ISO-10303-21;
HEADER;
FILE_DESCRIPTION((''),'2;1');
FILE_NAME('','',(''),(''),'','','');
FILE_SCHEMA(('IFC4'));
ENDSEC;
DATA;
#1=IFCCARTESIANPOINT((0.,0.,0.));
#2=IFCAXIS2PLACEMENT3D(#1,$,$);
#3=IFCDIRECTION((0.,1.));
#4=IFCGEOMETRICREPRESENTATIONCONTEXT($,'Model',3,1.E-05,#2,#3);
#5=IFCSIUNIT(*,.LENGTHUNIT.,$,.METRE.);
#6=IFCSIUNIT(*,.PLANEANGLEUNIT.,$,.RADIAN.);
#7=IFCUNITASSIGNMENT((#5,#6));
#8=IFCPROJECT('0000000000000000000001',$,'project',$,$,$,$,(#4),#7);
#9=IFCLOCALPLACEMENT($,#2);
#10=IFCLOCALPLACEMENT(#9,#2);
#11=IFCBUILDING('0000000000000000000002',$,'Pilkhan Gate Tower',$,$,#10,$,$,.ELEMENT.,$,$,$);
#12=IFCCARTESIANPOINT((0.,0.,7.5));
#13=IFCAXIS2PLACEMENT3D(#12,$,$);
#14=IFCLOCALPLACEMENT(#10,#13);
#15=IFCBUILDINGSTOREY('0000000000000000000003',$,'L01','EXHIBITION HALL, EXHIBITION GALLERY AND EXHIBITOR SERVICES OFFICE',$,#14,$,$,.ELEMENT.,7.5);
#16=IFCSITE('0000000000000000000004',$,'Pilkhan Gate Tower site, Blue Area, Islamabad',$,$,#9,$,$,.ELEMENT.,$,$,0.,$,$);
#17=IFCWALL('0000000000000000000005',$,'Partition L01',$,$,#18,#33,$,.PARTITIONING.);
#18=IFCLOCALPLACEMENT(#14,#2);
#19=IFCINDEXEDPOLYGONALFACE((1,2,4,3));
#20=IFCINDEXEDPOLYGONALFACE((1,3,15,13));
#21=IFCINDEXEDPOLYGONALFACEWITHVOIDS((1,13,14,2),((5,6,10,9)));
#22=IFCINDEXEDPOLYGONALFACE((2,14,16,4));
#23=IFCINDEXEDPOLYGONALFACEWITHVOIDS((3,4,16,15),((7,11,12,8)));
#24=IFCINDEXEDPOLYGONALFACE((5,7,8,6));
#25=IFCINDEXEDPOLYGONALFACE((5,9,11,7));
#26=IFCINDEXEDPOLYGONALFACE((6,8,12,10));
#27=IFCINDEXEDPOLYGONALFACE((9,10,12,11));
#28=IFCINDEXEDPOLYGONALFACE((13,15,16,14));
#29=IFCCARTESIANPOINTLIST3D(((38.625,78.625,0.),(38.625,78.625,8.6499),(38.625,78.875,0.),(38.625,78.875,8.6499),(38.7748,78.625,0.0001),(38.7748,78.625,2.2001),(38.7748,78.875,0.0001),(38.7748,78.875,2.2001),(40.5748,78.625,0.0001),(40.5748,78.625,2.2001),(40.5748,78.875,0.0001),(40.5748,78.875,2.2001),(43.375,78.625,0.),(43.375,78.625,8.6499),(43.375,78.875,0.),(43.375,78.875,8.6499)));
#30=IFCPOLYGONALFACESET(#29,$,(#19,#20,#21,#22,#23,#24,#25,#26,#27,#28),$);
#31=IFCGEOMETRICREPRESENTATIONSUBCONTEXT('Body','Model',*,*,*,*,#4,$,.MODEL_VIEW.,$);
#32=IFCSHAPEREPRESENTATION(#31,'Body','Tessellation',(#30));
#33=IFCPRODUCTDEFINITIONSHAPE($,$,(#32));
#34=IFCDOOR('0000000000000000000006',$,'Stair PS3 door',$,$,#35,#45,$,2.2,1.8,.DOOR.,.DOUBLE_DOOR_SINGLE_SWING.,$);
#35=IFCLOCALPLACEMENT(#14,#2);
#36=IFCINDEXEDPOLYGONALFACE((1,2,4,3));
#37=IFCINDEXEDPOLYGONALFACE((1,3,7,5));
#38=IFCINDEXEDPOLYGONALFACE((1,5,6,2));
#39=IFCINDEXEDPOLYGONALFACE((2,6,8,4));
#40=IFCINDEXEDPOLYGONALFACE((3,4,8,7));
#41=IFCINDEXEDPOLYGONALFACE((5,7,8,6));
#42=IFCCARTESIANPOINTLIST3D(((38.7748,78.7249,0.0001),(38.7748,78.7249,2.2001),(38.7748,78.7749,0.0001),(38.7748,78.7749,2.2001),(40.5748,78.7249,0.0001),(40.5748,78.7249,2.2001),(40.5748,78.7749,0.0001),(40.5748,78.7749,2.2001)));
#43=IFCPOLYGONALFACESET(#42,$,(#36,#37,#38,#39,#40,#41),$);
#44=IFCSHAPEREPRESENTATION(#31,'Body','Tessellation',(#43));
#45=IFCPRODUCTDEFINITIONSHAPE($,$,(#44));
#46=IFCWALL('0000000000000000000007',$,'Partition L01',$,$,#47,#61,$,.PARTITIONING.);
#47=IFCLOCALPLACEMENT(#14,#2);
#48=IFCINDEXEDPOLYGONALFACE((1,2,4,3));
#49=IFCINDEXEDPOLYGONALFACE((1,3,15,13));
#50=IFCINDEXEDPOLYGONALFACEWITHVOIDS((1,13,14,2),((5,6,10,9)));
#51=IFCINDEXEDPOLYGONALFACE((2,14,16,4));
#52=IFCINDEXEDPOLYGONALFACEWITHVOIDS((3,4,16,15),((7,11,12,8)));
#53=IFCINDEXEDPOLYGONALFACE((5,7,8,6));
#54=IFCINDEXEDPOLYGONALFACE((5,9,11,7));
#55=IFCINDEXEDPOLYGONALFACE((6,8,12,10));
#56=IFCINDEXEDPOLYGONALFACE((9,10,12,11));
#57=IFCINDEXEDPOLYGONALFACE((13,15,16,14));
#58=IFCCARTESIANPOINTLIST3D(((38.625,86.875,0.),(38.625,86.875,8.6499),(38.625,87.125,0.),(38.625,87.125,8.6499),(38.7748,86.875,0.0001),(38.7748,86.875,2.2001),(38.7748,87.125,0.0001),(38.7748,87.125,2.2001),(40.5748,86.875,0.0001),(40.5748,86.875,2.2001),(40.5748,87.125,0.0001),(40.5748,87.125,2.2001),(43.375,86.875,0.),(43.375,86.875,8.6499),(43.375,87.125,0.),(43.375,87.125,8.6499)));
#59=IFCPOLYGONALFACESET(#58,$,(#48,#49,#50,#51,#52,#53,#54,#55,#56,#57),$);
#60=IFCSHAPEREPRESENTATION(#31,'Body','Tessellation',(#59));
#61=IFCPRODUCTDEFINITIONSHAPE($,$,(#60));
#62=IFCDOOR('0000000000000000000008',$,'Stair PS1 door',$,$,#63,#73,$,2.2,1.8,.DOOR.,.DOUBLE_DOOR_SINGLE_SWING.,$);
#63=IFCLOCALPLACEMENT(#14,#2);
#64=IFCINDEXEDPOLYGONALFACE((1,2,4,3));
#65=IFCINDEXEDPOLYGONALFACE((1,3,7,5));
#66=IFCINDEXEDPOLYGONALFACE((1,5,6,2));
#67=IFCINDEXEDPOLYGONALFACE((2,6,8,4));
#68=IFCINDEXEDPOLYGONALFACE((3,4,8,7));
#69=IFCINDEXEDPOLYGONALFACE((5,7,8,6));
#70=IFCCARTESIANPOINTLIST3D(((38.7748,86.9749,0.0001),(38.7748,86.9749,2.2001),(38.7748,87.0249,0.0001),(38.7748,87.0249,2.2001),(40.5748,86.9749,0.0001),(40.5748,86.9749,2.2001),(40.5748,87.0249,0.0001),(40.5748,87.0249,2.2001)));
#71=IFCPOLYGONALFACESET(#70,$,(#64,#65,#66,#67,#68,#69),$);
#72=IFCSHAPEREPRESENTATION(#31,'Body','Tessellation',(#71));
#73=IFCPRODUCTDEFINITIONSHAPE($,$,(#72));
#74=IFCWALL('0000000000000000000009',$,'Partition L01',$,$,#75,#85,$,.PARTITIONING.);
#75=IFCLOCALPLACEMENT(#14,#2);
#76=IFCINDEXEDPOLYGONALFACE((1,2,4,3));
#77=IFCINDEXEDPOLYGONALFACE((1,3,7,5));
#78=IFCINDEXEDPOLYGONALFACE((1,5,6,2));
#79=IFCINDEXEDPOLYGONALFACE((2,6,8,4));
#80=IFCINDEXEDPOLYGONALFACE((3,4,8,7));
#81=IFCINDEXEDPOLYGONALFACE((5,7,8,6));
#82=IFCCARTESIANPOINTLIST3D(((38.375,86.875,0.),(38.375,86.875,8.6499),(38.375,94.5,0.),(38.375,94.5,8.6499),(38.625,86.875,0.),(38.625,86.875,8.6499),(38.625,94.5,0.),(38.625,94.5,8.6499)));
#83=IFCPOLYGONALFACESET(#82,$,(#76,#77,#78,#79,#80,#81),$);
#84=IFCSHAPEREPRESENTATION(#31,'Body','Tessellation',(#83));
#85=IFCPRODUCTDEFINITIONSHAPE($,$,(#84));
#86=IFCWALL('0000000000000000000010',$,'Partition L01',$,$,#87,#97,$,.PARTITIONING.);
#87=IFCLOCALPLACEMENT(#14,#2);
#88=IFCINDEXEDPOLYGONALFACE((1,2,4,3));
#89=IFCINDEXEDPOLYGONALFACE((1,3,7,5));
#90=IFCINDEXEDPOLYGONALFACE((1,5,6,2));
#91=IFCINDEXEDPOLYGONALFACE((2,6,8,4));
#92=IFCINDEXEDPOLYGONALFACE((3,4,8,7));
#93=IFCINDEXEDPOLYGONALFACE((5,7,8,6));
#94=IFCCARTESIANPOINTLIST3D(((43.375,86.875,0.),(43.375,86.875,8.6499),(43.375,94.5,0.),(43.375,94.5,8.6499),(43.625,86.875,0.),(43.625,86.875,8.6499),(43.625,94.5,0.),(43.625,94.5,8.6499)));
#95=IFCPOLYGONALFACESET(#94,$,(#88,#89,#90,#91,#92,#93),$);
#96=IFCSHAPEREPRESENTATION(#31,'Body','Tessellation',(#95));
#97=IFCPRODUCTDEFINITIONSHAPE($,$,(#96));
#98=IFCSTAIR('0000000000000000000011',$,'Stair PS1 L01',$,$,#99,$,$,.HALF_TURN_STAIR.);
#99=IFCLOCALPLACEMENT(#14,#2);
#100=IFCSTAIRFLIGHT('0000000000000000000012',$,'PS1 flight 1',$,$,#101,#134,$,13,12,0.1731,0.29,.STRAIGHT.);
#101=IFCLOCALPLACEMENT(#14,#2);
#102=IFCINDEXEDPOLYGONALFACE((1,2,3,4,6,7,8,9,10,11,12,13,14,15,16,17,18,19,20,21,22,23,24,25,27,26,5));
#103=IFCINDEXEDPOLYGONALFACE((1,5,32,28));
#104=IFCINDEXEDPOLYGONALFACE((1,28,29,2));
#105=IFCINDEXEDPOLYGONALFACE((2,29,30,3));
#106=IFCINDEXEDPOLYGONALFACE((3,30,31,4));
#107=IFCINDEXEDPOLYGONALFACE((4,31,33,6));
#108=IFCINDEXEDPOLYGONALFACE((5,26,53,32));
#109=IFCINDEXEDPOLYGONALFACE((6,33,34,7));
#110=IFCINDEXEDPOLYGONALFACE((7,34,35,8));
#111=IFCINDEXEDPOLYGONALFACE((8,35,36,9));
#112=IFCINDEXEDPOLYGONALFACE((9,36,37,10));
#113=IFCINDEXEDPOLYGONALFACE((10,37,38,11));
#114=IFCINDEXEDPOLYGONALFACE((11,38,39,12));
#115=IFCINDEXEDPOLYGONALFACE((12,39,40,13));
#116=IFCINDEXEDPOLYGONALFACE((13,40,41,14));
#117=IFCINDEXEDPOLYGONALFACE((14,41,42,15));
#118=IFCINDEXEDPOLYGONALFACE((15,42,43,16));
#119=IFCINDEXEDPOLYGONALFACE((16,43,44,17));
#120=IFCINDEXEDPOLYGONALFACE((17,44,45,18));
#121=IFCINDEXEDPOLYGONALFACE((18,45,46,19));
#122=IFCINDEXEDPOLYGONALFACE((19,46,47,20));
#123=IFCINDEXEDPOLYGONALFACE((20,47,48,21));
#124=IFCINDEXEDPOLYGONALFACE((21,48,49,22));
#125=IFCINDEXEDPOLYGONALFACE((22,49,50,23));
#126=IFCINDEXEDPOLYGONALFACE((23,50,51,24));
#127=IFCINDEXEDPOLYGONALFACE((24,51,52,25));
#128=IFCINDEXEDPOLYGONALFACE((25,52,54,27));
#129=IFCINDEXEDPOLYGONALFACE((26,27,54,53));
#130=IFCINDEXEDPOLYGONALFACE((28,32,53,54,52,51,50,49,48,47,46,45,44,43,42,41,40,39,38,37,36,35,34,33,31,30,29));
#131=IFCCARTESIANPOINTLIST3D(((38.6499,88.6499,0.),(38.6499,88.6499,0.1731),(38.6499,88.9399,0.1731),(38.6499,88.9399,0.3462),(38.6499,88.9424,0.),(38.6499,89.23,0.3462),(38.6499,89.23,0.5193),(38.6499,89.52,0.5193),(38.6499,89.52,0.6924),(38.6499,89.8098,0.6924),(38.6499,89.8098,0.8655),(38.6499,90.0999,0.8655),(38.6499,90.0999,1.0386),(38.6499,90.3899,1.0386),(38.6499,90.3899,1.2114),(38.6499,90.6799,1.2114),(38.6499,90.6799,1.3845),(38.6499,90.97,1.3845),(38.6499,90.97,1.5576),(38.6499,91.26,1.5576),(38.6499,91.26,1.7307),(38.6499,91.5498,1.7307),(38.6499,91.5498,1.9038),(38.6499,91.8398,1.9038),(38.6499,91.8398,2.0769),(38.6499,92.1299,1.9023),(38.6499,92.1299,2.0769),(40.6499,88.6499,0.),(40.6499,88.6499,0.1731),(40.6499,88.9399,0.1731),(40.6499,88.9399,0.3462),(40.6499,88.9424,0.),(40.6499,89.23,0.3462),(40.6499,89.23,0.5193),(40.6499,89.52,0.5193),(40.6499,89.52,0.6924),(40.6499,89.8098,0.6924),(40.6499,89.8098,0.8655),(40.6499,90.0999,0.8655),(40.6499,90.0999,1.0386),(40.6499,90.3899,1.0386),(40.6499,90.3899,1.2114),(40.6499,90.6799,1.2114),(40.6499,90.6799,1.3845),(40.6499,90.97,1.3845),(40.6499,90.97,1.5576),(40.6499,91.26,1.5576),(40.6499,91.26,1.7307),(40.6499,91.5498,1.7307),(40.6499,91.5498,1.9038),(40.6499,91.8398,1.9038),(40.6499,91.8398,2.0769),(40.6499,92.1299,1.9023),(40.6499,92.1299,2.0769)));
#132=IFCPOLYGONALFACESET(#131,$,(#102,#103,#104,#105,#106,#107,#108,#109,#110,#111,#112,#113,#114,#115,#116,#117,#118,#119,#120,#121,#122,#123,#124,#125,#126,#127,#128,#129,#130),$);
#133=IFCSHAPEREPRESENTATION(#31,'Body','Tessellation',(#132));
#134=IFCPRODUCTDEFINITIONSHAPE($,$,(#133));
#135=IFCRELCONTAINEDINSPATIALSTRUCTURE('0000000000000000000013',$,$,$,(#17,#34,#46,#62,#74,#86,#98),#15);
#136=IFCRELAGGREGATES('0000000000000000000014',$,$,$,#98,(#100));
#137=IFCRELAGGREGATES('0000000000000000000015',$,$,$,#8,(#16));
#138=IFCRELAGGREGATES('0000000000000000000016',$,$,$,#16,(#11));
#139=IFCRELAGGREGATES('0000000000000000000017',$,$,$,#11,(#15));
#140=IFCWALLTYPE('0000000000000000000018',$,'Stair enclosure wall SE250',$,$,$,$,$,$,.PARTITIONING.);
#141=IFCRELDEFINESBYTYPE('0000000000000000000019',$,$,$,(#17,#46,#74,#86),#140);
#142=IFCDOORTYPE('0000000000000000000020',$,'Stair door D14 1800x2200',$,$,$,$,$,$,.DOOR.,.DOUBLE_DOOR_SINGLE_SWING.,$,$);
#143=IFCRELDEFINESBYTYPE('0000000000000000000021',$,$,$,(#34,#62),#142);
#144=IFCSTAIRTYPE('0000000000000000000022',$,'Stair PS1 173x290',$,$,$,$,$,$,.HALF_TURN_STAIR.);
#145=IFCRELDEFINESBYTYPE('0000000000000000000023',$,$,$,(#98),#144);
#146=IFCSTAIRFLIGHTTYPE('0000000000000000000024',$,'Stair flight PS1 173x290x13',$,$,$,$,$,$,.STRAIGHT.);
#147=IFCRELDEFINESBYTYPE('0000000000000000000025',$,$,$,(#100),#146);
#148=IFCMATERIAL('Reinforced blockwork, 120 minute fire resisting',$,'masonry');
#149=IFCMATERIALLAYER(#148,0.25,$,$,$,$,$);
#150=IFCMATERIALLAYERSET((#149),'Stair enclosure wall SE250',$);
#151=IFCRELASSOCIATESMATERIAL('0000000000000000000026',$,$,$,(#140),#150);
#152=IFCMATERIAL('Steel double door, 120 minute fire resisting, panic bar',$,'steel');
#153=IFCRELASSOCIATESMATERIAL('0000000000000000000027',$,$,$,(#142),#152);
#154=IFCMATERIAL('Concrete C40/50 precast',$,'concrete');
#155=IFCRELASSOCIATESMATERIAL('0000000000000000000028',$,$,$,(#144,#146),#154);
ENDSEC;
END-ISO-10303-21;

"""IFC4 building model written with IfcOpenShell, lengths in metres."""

from ifc_helpers import new_model, si_unit, direction, frame, frame_2d, origin, place, context, subcontext, project, spatial, polyline, rectangle, outline, extrude, material, layer, layer_set, type_object, element, fill, aggregate, save


model = new_model("IFC4")

# Units and contexts
model_context = context("Model", 3, precision=1e-05, world=origin(), true_north=direction((0.0, 1.0)))
body_context = subcontext(model_context, "Body", "Model", "MODEL_VIEW")
ifc_project = project(units=[si_unit("LENGTHUNIT", "METRE"), si_unit("PLANEANGLEUNIT", "RADIAN")], contexts=[model_context])

# Site, building, storey
site_placement = place(None, origin())
site = spatial("IfcSite", under=ifc_project, at=site_placement, Name="Pilkhan Gate Tower site, Blue Area, Islamabad", CompositionType="ELEMENT", RefElevation=0.0)
building_placement = place(site_placement, origin())
building = spatial("IfcBuilding", under=site, at=building_placement, Name="Pilkhan Gate Tower", CompositionType="ELEMENT")
storey_placement = place(building_placement, frame((0.0, 0.0, 7.5)))
storey = spatial("IfcBuildingStorey", under=building, at=storey_placement, Name="L01", Description="EXHIBITION HALL, EXHIBITION GALLERY AND EXHIBITOR SERVICES OFFICE", CompositionType="ELEMENT", Elevation=7.5)

# Walls, openings, doors
ifc_material_1 = material(Name="Reinforced blockwork, 120 minute fire resisting", Category="masonry")
ifc_layer_1 = layer(ifc_material_1, 0.25)
ifc_layer_set_1 = layer_set([ifc_layer_1], Name="Stair enclosure wall SE250")
wall_type_1 = type_object("IfcWallType", Name="Stair enclosure wall SE250", PredefinedType="PARTITIONING", material=ifc_layer_set_1)
wall_1_placement = place(storey_placement, frame((38.625, 78.75, 0.0), z_axis=(0.0, 0.0, 1.0), x_axis=(1.0, 0.0, 0.0)))
wall_1 = element("IfcWall", 1, at=wall_1_placement, inside=storey, type_object=wall_type_1, Name="Partition L01", PredefinedType="PARTITIONING", context=body_context, shape_type="SweptSolid", body=[
    extrude(rectangle(XDim=4.75, YDim=0.25, at=frame_2d((2.375, 0.0))), origin(), (0.0, 0.0, 1.0), 8.6499),
])
opening_1_placement = place(wall_1_placement, frame((0.1499, 0.0, 0.0)))
opening_1 = element("IfcOpeningElement", 2, at=opening_1_placement, cuts=wall_1, PredefinedType="OPENING", context=body_context, shape_type="SweptSolid", body=[
    extrude(rectangle(XDim=1.8, YDim=2.2, at=frame_2d((0.8999, 1.1001))), frame((0.0, 0.135, 0.0), z_axis=(0.0, -1.0, 0.0), x_axis=(1.0, 0.0, 0.0)), (0.0, 0.0, 1.0), 0.27),
])
ifc_material_2 = material(Name="Steel double door, 120 minute fire resisting, panic bar", Category="steel")
door_type_1 = type_object("IfcDoorType", Name="Stair door D14 1800x2200", OperationType="DOUBLE_DOOR_SINGLE_SWING", PredefinedType="DOOR", material=ifc_material_2)
door_1_placement = place(opening_1_placement, origin())
door_1 = element("IfcDoor", 3, at=door_1_placement, inside=storey, type_object=door_type_1, Name="Stair PS3 door", OperationType="DOUBLE_DOOR_SINGLE_SWING", OverallHeight=2.2, OverallWidth=1.8, PredefinedType="DOOR", context=body_context, shape_type="SweptSolid", body=[
    extrude(rectangle(XDim=1.8, YDim=2.2, at=frame_2d((0.8999, 1.1001))), frame((0.0, 0.0249, 0.0), z_axis=(0.0, -1.0, 0.0), x_axis=(1.0, 0.0, 0.0)), (0.0, 0.0, 1.0), 0.05),
])
fill(opening_1, door_1)
wall_2_placement = place(storey_placement, frame((38.625, 87.0, 0.0), z_axis=(0.0, 0.0, 1.0), x_axis=(1.0, 0.0, 0.0)))
wall_2 = element("IfcWall", 4, at=wall_2_placement, inside=storey, type_object=wall_type_1, Name="Partition L01", PredefinedType="PARTITIONING", context=body_context, shape_type="SweptSolid", body=[
    extrude(rectangle(XDim=4.75, YDim=0.25, at=frame_2d((2.375, 0.0))), origin(), (0.0, 0.0, 1.0), 8.6499),
])
opening_2_placement = place(wall_2_placement, frame((0.1499, 0.0, 0.0)))
opening_2 = element("IfcOpeningElement", 5, at=opening_2_placement, cuts=wall_2, PredefinedType="OPENING", context=body_context, shape_type="SweptSolid", body=[
    extrude(rectangle(XDim=1.8, YDim=2.2, at=frame_2d((0.8999, 1.1001))), frame((0.0, 0.135, 0.0), z_axis=(0.0, -1.0, 0.0), x_axis=(1.0, 0.0, 0.0)), (0.0, 0.0, 1.0), 0.27),
])
door_2_placement = place(opening_2_placement, origin())
door_2 = element("IfcDoor", 6, at=door_2_placement, inside=storey, type_object=door_type_1, Name="Stair PS1 door", OperationType="DOUBLE_DOOR_SINGLE_SWING", OverallHeight=2.2, OverallWidth=1.8, PredefinedType="DOOR", context=body_context, shape_type="SweptSolid", body=[
    extrude(rectangle(XDim=1.8, YDim=2.2, at=frame_2d((0.8999, 1.1001))), frame((0.0, 0.0249, 0.0), z_axis=(0.0, -1.0, 0.0), x_axis=(1.0, 0.0, 0.0)), (0.0, 0.0, 1.0), 0.05),
])
fill(opening_2, door_2)

# Walls
for number, where, z_axis, x_axis, name in (
    (7, (38.5, 86.875, 0.0), (0.0, 0.0, 1.0), (0.0, 1.0, 0.0), "Partition L01"),
    (8, (43.5, 86.875, 0.0), (0.0, 0.0, 1.0), (0.0, 1.0, 0.0), "Partition L01"),
):
    element("IfcWall", number, at=place(storey_placement, frame(where, z_axis=z_axis, x_axis=x_axis)), inside=storey, type_object=wall_type_1, Name=name, PredefinedType="PARTITIONING", context=body_context, shape_type="SweptSolid", body=[
        extrude(rectangle(XDim=7.625, YDim=0.25, at=frame_2d((3.8125, 0.0))), origin(), (0.0, 0.0, 1.0), 8.6499),
    ])

# Stair, stair flight
ifc_material_3 = material(Name="Concrete C40/50 precast", Category="concrete")
stair_type = type_object("IfcStairType", Name="Stair PS1 173x290", PredefinedType="HALF_TURN_STAIR", material=ifc_material_3)
stair_placement = place(storey_placement, origin())
stair = element("IfcStair", 9, at=stair_placement, inside=storey, type_object=stair_type, Name="Stair PS1 L01", PredefinedType="HALF_TURN_STAIR")
stair_flight_type = type_object("IfcStairFlightType", Name="Stair flight PS1 173x290x13", PredefinedType="STRAIGHT", material=ifc_material_3)
stair_flight_placement = place(storey_placement, frame((39.6499, 88.6499, 0.0), z_axis=(0.0, 0.0, 1.0), x_axis=(0.0, 1.0, 0.0)))
stair_flight = element("IfcStairFlight", 10, at=stair_flight_placement, type_object=stair_flight_type, Name="PS1 flight 1", NumberOfRisers=13, NumberOfTreads=12, PredefinedType="STRAIGHT", RiserHeight=0.1731, TreadLength=0.29, context=body_context, shape_type="SweptSolid", body=[
    extrude(outline(polyline([(0.0, 0.0), (0.0, 0.1731), (0.29, 0.1731), (0.29, 0.3462), (0.5801, 0.3462), (0.5801, 0.5193), (0.8701, 0.5193), (0.8701, 0.6924), (1.1599, 0.6924), (1.1599, 0.8655), (1.45, 0.8655), (1.45, 1.0386), (1.74, 1.0386), (1.74, 1.2114), (2.03, 1.2114), (2.03, 1.3845), (2.3201, 1.3845), (2.3201, 1.5576), (2.6101, 1.5576), (2.6101, 1.7307), (2.8999, 1.7307), (2.8999, 1.9038), (3.1899, 1.9038), (3.1899, 2.0769), (3.48, 2.0769), (3.48, 2.25), (3.48, 1.9023), (0.2925, 0.0), (0.0, 0.0)])), frame((0.0, 1.0, 0.0), z_axis=(0.0, -1.0, 0.0), x_axis=(1.0, 0.0, 0.0)), (0.0, 0.0, 1.0), 2.0),
])
aggregate(stair, [stair_flight])

save(model, "model.ifc")
